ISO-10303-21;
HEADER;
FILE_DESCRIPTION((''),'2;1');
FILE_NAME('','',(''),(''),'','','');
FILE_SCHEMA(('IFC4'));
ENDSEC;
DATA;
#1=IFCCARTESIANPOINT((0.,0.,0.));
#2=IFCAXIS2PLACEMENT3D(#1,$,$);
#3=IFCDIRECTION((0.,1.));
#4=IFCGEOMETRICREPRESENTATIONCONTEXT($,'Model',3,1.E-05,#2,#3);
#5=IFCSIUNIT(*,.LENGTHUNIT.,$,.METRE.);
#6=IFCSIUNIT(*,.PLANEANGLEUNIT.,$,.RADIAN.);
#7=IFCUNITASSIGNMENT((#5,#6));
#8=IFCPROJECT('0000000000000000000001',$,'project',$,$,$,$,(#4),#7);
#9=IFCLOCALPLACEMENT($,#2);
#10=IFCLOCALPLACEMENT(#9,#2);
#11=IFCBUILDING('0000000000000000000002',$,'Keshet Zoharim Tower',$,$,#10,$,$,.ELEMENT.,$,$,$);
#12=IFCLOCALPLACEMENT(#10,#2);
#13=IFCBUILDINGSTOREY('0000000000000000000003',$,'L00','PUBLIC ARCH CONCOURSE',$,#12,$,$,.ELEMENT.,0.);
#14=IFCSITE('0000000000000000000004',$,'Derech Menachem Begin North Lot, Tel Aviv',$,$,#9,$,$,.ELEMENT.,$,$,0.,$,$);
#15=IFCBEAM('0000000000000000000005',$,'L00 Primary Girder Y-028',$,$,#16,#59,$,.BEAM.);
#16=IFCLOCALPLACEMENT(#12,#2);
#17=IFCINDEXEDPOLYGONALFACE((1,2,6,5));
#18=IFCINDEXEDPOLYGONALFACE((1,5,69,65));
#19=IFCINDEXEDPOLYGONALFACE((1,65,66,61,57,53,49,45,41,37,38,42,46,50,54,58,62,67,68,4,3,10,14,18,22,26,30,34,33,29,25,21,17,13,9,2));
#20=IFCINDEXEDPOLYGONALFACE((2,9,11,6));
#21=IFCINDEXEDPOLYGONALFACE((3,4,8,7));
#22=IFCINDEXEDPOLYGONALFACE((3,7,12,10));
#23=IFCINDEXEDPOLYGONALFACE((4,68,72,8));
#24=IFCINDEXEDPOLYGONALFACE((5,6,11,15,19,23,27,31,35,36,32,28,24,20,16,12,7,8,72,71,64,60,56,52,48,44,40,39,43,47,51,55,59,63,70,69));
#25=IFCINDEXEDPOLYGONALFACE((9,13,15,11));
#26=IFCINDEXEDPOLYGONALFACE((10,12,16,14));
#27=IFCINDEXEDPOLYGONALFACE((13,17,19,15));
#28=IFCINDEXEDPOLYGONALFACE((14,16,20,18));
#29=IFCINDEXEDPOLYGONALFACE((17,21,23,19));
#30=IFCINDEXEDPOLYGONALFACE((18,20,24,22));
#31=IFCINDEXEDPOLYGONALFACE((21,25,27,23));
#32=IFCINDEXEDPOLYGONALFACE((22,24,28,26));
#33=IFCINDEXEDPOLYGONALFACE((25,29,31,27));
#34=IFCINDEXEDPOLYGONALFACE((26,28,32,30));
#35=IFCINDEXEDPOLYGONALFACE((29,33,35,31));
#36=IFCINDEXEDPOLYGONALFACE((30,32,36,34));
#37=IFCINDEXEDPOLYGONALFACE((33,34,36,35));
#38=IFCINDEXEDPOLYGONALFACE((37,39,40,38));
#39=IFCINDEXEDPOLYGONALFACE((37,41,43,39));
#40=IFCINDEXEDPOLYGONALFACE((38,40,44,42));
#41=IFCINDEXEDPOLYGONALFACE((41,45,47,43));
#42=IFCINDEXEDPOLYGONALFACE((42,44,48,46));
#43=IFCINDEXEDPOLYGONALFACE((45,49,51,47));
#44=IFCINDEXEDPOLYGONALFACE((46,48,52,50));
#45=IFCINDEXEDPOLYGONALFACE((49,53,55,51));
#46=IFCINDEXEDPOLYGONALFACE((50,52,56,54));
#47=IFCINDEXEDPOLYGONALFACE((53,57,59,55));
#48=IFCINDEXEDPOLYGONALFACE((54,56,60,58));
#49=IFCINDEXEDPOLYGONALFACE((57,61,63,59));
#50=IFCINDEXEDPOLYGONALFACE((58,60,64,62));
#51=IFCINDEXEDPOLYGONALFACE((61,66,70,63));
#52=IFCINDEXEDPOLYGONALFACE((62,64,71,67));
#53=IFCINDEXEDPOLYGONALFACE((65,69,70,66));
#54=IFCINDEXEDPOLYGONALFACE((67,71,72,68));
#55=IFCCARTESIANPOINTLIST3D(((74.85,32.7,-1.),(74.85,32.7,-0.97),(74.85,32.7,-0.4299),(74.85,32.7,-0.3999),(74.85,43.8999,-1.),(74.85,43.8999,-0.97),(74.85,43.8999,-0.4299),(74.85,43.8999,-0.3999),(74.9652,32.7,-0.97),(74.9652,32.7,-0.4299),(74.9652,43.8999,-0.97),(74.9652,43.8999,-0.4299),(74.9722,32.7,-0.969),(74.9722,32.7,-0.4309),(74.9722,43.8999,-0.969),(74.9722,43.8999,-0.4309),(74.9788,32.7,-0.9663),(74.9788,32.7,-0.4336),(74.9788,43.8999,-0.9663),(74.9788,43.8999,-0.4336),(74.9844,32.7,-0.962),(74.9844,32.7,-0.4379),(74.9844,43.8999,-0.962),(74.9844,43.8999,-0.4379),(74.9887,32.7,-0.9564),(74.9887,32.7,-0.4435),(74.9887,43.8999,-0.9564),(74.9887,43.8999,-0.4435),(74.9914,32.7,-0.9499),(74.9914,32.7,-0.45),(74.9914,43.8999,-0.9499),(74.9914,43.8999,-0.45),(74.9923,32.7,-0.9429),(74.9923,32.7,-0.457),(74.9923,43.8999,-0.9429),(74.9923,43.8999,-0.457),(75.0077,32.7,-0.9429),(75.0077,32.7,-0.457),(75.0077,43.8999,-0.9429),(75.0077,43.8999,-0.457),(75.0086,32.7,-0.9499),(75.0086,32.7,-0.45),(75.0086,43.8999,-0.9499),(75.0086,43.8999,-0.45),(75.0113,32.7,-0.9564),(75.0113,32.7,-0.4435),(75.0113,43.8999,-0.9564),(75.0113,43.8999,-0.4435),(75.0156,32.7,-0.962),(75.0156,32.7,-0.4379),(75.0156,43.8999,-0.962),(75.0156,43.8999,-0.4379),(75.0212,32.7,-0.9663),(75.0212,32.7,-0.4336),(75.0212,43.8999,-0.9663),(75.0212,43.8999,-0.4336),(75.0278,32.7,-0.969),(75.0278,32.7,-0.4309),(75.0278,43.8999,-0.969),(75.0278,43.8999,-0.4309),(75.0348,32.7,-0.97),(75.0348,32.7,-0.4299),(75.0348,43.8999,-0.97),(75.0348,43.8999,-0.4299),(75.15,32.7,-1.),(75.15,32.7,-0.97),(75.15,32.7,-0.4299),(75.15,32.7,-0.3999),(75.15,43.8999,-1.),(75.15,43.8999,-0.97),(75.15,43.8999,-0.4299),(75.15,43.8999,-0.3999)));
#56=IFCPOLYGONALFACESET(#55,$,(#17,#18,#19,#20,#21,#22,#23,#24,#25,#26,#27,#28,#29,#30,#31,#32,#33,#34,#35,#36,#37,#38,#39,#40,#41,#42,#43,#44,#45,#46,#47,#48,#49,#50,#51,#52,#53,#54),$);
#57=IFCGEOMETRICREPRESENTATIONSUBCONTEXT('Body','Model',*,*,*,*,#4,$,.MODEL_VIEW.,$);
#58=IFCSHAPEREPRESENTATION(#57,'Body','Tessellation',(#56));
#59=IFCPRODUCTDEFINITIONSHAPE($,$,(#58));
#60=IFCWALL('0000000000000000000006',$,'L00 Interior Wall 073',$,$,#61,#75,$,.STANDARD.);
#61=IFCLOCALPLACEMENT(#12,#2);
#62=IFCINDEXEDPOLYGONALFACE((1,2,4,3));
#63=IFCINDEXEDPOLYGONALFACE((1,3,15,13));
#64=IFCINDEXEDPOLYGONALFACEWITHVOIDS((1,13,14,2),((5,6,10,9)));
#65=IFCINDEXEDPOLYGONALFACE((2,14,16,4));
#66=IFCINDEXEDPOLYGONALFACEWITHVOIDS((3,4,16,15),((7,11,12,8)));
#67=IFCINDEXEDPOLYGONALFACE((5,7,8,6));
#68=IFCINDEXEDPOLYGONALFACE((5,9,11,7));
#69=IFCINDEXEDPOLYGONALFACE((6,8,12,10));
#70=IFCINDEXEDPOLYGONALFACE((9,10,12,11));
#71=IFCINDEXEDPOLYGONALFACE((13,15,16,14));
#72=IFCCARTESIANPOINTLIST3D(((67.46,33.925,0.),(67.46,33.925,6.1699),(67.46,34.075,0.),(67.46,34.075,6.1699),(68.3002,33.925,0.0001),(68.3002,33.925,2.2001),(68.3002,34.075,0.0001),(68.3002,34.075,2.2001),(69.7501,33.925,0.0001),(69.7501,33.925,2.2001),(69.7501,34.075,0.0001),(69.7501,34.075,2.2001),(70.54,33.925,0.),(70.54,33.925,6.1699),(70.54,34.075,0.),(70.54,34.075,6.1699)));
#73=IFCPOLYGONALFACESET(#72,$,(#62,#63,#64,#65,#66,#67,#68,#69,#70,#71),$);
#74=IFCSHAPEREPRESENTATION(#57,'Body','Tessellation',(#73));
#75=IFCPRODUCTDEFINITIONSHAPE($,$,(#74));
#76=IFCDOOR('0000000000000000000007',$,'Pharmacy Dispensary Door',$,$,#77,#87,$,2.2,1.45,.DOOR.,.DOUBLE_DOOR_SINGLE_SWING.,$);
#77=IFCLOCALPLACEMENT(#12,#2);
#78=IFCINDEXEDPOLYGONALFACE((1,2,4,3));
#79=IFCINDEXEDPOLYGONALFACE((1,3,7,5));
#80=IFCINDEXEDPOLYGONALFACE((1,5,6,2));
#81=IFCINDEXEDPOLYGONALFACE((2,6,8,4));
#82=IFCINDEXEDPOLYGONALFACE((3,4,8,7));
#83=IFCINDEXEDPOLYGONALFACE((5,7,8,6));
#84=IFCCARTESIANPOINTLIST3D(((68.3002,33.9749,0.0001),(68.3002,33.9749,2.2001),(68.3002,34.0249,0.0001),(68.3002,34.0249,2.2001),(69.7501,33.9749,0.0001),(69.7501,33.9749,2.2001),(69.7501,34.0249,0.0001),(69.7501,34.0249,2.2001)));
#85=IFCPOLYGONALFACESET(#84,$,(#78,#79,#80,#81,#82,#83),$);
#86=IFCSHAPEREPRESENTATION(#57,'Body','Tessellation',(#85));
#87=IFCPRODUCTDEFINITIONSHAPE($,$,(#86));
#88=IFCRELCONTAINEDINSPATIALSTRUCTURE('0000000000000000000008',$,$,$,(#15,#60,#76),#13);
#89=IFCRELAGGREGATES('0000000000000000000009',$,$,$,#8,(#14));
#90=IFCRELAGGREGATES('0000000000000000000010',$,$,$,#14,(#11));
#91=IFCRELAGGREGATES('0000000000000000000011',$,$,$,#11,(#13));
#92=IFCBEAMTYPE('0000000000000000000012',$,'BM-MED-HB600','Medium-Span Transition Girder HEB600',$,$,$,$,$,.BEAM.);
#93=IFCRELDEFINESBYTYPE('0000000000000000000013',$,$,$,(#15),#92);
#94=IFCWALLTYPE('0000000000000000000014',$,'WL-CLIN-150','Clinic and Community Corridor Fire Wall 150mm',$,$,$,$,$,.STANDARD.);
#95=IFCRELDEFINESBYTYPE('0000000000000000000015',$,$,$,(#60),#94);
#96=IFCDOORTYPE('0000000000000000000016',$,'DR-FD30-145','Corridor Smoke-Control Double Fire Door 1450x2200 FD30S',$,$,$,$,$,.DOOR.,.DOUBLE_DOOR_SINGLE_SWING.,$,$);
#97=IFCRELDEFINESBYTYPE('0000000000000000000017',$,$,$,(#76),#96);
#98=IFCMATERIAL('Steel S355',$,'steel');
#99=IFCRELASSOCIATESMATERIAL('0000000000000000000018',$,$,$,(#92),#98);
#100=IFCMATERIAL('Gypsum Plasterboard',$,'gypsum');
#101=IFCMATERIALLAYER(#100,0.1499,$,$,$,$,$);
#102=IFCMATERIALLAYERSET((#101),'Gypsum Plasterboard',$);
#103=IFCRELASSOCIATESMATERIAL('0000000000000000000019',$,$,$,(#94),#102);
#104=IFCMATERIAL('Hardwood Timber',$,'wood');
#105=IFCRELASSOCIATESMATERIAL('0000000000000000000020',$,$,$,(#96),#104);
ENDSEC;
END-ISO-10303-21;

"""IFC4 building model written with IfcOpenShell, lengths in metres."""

from ifc_helpers import new_model, si_unit, direction, frame, frame_2d, origin, origin_2d, place, context, subcontext, project, spatial, rectangle, i_section, extrude, material, layer, layer_set, material_profile, profile_set, type_object, element, fill, save


model = new_model("IFC4")

# Units and contexts
model_context = context("Model", 3, precision=1e-05, world=origin(), true_north=direction((0.0, 1.0)))
body_context = subcontext(model_context, "Body", "Model", "MODEL_VIEW")
ifc_project = project(units=[si_unit("LENGTHUNIT", "METRE"), si_unit("PLANEANGLEUNIT", "RADIAN")], contexts=[model_context])

# Site, building, storey
site_placement = place(None, origin())
site = spatial("IfcSite", under=ifc_project, at=site_placement, Name="Derech Menachem Begin North Lot, Tel Aviv", CompositionType="ELEMENT", RefElevation=0.0)
building_placement = place(site_placement, origin())
building = spatial("IfcBuilding", under=site, at=building_placement, Name="Keshet Zoharim Tower", CompositionType="ELEMENT")
storey_placement = place(building_placement, origin())
storey = spatial("IfcBuildingStorey", under=building, at=storey_placement, Name="L00", Description="PUBLIC ARCH CONCOURSE", CompositionType="ELEMENT", Elevation=0.0)

# Beam
ifc_material_1 = material(Name="Steel S355", Category="steel")
ifc_material_profile_1 = material_profile(ifc_material_1, i_section(OverallWidth=0.3, OverallDepth=0.6001, WebThickness=0.0154, FlangeThickness=0.03, FilletRadius=0.0271, at=origin_2d()), Name="HEB600")
ifc_profile_set_1 = profile_set([ifc_material_profile_1], Name="Steel S355")
beam_type_1 = type_object("IfcBeamType", Name="BM-MED-HB600", Description="Medium-Span Transition Girder HEB600", PredefinedType="BEAM", material=ifc_profile_set_1)
beam_1_placement = place(storey_placement, frame((75.0, 32.7, -0.7), z_axis=(0.0, 1.0, 0.0), x_axis=(-1.0, 0.0, 0.0)))
element("IfcBeam", 1, at=beam_1_placement, inside=storey, type_object=beam_type_1, Name="L00 Primary Girder Y-028", PredefinedType="BEAM", context=body_context, shape_type="SweptSolid", body=[
    extrude(i_section(OverallWidth=0.3, OverallDepth=0.6001, WebThickness=0.0154, FlangeThickness=0.03, FilletRadius=0.0271, at=origin_2d()), origin(), (0.0, 0.0, 1.0), 11.2),
])

# Wall, opening, door
ifc_material_2 = material(Name="Gypsum Plasterboard", Category="gypsum")
ifc_layer_1 = layer(ifc_material_2, 0.1499)
ifc_layer_set_1 = layer_set([ifc_layer_1], Name="Gypsum Plasterboard")
wall_type_1 = type_object("IfcWallType", Name="WL-CLIN-150", Description="Clinic and Community Corridor Fire Wall 150mm", PredefinedType="STANDARD", material=ifc_layer_set_1)
wall_1_placement = place(storey_placement, frame((67.46, 34.0, 0.0), z_axis=(0.0, 0.0, 1.0), x_axis=(1.0, 0.0, 0.0)))
wall_1 = element("IfcWall", 2, at=wall_1_placement, inside=storey, type_object=wall_type_1, Name="L00 Interior Wall 073", PredefinedType="STANDARD", context=body_context, shape_type="SweptSolid", body=[
    extrude(rectangle(XDim=3.0801, YDim=0.1499, at=frame_2d((1.54, 0.0))), origin(), (0.0, 0.0, 1.0), 6.1699),
])
opening_1_placement = place(wall_1_placement, frame((0.8401, 0.0, 0.0)))
opening_1 = element("IfcOpeningElement", 3, at=opening_1_placement, cuts=wall_1, PredefinedType="OPENING", context=body_context, shape_type="SweptSolid", body=[
    extrude(rectangle(XDim=1.45, YDim=2.2, at=frame_2d((0.7251, 1.1001))), frame((0.0, 0.085, 0.0), z_axis=(0.0, -1.0, 0.0), x_axis=(1.0, 0.0, 0.0)), (0.0, 0.0, 1.0), 0.1699),
])
ifc_material_3 = material(Name="Hardwood Timber", Category="wood")
door_type_1 = type_object("IfcDoorType", Name="DR-FD30-145", Description="Corridor Smoke-Control Double Fire Door 1450x2200 FD30S", OperationType="DOUBLE_DOOR_SINGLE_SWING", PredefinedType="DOOR", material=ifc_material_3)
door_1_placement = place(opening_1_placement, origin())
door_1 = element("IfcDoor", 4, at=door_1_placement, inside=storey, type_object=door_type_1, Name="Pharmacy Dispensary Door", OperationType="DOUBLE_DOOR_SINGLE_SWING", OverallHeight=2.2, OverallWidth=1.45, PredefinedType="DOOR", context=body_context, shape_type="SweptSolid", body=[
    extrude(rectangle(XDim=1.45, YDim=2.2, at=frame_2d((0.7251, 1.1001))), frame((0.0, 0.0249, 0.0), z_axis=(0.0, -1.0, 0.0), x_axis=(1.0, 0.0, 0.0)), (0.0, 0.0, 1.0), 0.05),
])
fill(opening_1, door_1)

save(model, "model.ifc")
